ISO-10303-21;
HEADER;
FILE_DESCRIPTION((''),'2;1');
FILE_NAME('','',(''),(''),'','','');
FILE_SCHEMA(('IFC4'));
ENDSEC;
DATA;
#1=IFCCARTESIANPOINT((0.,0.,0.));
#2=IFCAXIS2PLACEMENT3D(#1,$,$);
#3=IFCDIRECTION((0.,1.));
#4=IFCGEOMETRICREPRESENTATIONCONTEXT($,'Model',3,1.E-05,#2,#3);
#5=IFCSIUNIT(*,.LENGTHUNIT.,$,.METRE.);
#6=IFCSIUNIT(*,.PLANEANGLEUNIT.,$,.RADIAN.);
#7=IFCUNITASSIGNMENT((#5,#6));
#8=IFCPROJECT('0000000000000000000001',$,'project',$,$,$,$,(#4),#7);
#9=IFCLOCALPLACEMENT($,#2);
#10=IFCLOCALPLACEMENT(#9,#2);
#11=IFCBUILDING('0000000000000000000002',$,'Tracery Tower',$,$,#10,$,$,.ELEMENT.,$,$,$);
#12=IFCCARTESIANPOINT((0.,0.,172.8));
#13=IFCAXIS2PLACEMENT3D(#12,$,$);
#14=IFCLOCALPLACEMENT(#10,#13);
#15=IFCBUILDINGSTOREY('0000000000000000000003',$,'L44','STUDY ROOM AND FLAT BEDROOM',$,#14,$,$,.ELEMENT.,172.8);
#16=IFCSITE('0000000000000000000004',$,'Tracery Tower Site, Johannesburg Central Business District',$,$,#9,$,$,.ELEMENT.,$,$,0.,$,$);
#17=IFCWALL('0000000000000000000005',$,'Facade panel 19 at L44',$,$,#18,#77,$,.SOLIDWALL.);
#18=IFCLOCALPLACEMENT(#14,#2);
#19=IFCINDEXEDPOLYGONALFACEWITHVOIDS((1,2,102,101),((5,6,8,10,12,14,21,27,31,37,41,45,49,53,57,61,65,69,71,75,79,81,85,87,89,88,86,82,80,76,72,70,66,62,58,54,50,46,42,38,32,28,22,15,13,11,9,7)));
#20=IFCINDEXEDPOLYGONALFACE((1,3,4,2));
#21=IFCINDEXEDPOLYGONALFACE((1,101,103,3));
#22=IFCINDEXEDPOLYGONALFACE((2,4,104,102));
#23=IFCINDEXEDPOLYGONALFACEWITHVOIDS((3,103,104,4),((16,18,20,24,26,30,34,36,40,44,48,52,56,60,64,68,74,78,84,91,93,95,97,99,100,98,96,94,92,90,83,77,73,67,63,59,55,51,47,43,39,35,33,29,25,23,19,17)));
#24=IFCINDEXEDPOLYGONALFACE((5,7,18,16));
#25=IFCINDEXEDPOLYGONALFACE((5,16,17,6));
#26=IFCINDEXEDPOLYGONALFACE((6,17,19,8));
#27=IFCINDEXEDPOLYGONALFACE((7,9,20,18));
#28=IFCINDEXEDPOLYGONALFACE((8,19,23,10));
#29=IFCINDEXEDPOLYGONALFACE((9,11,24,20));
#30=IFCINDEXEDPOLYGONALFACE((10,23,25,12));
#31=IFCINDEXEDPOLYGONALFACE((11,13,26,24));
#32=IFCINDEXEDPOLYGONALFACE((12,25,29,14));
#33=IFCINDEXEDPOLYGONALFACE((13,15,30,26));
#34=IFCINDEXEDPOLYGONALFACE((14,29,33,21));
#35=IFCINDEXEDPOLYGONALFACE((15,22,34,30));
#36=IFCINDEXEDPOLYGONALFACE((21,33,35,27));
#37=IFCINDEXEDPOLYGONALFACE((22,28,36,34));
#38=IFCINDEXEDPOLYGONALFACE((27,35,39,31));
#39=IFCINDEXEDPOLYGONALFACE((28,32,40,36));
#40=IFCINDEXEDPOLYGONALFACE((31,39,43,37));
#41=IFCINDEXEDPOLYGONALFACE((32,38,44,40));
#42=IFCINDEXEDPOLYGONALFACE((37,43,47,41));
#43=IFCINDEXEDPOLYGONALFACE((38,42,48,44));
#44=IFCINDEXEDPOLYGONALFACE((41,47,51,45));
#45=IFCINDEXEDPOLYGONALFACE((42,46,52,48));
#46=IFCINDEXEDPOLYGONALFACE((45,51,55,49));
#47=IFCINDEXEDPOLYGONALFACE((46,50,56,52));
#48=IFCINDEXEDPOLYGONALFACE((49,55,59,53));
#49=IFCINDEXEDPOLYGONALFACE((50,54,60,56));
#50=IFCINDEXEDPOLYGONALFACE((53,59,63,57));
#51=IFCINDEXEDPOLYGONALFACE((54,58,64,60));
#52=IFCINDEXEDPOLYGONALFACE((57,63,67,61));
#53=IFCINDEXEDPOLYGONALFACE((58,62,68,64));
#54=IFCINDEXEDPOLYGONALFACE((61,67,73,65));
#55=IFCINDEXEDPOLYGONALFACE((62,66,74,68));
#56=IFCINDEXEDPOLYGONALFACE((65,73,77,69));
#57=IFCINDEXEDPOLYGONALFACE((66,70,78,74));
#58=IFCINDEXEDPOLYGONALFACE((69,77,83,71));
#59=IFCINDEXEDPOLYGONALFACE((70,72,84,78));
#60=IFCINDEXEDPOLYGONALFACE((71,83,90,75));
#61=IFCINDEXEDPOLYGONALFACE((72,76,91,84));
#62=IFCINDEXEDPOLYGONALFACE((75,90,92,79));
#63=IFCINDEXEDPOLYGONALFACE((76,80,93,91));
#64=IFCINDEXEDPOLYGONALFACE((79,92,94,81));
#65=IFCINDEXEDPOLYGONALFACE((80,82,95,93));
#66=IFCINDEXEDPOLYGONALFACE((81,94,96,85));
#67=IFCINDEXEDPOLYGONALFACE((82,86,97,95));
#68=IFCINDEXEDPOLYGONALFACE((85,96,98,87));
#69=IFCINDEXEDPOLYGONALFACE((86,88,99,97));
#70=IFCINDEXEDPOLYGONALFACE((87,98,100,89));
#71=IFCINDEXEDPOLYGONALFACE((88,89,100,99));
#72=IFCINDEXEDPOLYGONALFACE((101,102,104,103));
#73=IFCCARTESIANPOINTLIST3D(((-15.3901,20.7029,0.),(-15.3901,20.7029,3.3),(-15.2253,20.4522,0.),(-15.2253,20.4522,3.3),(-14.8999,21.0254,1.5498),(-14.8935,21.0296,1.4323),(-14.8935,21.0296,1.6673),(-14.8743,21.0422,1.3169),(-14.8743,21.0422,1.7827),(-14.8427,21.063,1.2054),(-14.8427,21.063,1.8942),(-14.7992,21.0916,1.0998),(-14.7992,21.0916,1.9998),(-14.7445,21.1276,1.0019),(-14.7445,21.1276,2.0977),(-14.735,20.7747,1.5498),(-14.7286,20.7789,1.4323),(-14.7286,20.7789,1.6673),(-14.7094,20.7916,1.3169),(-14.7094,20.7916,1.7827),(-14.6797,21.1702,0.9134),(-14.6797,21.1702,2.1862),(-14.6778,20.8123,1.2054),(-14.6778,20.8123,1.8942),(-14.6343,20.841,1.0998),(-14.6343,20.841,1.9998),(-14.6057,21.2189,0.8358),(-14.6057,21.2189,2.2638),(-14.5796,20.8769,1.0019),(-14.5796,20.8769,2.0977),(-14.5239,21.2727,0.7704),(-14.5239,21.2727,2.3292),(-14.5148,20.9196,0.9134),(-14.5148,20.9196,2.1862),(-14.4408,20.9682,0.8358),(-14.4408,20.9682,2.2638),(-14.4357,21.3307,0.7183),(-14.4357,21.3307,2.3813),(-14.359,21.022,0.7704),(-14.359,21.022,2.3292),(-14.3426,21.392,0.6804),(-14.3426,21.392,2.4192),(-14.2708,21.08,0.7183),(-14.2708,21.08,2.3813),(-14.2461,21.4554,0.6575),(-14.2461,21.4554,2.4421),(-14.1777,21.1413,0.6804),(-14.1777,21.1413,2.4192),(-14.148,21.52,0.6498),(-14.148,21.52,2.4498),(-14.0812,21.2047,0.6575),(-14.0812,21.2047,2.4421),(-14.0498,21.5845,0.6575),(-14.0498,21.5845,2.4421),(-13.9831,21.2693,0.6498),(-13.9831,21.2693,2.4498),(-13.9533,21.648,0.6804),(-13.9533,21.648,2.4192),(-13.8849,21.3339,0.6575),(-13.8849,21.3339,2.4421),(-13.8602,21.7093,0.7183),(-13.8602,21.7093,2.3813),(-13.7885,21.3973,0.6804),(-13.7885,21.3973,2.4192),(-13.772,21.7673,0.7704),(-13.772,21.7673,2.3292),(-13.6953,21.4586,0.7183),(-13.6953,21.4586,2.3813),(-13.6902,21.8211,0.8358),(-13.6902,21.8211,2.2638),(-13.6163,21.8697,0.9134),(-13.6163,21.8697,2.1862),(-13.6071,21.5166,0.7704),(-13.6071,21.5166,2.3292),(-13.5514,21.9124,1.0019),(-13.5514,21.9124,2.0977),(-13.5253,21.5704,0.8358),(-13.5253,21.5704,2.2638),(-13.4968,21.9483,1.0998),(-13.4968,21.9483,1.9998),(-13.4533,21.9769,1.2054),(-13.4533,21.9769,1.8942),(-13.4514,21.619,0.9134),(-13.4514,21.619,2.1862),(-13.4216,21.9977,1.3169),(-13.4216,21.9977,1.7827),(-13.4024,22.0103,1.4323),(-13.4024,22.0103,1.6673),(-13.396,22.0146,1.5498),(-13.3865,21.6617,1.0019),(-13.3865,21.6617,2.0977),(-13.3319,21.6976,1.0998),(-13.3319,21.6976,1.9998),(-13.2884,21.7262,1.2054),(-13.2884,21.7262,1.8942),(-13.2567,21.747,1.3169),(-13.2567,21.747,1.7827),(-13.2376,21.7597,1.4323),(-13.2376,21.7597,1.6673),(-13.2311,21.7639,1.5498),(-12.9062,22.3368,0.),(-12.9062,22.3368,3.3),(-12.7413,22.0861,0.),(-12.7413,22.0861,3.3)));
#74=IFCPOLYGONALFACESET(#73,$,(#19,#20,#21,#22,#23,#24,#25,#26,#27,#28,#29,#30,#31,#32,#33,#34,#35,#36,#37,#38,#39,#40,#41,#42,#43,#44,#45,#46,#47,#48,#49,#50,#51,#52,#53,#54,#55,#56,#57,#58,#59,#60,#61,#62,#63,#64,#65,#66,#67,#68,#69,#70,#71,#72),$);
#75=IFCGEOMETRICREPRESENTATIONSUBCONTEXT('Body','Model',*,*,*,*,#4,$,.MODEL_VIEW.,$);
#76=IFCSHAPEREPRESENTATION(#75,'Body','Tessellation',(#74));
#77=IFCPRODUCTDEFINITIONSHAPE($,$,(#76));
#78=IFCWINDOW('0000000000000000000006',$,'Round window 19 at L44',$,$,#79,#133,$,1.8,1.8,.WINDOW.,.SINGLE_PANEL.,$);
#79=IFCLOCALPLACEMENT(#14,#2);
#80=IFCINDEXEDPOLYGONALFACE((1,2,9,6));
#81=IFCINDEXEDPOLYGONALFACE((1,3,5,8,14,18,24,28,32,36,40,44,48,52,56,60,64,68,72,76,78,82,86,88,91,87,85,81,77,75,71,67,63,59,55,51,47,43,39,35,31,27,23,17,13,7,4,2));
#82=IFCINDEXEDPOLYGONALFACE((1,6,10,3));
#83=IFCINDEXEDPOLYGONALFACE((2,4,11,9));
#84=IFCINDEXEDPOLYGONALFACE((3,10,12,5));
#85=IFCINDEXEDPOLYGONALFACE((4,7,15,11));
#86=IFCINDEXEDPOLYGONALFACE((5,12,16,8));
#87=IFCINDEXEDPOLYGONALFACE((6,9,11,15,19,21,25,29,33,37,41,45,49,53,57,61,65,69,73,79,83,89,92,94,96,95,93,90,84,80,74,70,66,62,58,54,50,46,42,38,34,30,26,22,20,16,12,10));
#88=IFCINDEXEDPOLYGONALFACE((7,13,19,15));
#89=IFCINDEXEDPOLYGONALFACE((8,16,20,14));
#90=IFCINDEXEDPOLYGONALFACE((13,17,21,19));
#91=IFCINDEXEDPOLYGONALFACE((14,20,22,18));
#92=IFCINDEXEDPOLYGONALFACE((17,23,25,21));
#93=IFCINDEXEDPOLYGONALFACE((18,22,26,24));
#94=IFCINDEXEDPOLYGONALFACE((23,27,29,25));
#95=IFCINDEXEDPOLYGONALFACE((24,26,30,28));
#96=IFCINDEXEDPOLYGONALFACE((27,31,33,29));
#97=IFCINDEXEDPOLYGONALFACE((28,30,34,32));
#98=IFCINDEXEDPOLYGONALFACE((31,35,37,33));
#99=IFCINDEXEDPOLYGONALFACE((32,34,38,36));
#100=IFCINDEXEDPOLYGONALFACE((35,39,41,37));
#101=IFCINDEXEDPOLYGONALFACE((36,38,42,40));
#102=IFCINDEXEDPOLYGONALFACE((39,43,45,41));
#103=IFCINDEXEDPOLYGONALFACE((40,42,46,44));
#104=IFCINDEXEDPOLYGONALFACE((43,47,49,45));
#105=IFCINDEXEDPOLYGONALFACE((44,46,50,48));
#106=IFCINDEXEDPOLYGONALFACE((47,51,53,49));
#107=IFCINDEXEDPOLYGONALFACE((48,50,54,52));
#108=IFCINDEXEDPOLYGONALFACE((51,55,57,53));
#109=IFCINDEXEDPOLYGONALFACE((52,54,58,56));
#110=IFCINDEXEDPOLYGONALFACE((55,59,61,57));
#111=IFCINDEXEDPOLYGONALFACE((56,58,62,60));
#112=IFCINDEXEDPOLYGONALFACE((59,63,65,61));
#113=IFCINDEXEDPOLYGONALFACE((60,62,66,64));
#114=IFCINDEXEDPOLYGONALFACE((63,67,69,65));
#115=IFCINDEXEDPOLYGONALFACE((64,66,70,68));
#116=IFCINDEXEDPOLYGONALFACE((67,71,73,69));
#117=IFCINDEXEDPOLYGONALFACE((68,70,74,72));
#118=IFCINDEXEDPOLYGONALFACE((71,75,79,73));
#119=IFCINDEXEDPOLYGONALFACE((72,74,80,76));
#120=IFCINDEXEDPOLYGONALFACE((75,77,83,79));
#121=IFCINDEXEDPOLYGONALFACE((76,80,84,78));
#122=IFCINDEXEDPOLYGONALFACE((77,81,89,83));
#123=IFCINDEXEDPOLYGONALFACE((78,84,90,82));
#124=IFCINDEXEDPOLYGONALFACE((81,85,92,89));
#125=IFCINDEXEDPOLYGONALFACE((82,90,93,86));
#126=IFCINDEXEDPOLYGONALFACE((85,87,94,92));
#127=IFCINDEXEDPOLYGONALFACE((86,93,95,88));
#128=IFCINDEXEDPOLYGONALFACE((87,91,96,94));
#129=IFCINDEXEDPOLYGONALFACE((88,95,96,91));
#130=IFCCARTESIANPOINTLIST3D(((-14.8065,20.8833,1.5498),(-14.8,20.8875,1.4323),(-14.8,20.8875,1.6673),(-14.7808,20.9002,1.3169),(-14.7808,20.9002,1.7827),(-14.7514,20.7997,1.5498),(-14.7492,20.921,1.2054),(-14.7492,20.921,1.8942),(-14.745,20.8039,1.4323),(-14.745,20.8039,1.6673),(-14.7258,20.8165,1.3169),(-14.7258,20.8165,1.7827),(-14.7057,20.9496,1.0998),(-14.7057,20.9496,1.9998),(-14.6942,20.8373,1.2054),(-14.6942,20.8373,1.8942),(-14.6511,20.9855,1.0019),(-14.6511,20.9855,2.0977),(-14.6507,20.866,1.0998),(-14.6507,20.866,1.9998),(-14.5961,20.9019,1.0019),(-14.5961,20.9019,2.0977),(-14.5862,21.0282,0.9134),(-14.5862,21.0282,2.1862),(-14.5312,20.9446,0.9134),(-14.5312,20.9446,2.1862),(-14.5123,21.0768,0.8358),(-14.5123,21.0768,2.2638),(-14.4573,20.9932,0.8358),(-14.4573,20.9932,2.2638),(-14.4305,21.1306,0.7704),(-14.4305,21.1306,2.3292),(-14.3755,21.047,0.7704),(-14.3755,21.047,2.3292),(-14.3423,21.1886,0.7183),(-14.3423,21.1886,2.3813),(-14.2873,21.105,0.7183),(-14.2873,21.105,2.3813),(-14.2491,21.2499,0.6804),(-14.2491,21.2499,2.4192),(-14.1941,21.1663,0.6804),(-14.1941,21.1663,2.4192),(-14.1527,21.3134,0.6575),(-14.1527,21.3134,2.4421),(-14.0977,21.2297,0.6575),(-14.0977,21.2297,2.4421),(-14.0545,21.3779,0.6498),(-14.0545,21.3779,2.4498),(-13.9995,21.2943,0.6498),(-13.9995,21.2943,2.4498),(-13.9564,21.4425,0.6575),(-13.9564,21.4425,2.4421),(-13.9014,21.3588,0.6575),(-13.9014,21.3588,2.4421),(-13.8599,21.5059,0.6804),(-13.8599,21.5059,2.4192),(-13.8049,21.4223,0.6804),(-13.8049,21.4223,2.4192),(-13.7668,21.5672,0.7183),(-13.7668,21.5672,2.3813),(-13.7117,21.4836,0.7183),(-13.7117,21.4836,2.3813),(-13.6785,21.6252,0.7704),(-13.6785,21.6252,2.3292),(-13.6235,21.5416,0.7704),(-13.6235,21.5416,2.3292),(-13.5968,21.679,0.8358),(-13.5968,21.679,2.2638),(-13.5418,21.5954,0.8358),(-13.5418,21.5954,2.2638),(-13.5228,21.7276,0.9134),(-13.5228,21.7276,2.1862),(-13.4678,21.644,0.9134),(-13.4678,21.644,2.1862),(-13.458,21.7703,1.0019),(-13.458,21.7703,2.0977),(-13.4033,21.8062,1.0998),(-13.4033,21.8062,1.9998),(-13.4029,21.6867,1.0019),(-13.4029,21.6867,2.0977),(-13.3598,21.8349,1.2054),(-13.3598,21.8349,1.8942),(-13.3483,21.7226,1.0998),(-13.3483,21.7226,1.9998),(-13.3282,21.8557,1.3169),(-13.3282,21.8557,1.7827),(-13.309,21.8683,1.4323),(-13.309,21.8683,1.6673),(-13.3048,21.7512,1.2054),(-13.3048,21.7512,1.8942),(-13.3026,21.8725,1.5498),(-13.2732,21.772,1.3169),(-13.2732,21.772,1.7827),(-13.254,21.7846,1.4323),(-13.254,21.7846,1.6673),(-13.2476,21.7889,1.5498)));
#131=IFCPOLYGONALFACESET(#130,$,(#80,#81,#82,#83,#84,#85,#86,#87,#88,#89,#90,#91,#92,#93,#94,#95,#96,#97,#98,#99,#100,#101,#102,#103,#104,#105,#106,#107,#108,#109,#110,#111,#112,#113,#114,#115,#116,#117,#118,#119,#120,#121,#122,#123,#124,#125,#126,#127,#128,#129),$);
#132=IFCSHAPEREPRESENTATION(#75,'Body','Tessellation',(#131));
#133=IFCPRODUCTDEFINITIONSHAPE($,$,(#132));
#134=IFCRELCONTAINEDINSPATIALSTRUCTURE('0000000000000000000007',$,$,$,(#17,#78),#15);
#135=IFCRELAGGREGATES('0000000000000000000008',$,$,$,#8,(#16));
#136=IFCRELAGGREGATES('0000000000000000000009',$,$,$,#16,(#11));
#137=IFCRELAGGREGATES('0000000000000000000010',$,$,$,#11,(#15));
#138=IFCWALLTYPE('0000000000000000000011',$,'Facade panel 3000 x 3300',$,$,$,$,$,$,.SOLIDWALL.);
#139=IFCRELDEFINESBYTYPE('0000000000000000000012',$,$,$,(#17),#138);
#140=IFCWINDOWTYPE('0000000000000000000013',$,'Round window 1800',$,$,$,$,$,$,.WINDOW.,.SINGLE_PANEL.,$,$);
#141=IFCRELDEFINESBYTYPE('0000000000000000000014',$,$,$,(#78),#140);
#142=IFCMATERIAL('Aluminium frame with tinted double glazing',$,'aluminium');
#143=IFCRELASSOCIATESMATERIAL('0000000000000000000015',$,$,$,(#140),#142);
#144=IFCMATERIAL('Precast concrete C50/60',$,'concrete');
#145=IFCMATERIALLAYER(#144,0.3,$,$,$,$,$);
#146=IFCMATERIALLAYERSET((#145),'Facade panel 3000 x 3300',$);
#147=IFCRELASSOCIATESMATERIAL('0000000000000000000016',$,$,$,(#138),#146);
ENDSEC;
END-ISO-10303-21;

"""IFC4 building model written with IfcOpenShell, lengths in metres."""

from ifc_helpers import new_model, si_unit, direction, frame, frame_2d, origin, origin_2d, place, context, subcontext, project, spatial, rectangle, circle, extrude, material, layer, layer_set, type_object, element, fill, save


model = new_model("IFC4")

# Units and contexts
model_context = context("Model", 3, precision=1e-05, world=origin(), true_north=direction((0.0, 1.0)))
body_context = subcontext(model_context, "Body", "Model", "MODEL_VIEW")
ifc_project = project(units=[si_unit("LENGTHUNIT", "METRE"), si_unit("PLANEANGLEUNIT", "RADIAN")], contexts=[model_context])

# Site, building, storey
site_placement = place(None, origin())
site = spatial("IfcSite", under=ifc_project, at=site_placement, Name="Tracery Tower Site, Johannesburg Central Business District", CompositionType="ELEMENT", RefElevation=0.0)
building_placement = place(site_placement, origin())
building = spatial("IfcBuilding", under=site, at=building_placement, Name="Tracery Tower", CompositionType="ELEMENT")
storey_placement = place(building_placement, frame((0.0, 0.0, 172.8)))
storey = spatial("IfcBuildingStorey", under=building, at=storey_placement, Name="L44", Description="STUDY ROOM AND FLAT BEDROOM", CompositionType="ELEMENT", Elevation=172.8)

# Wall, opening, window
ifc_material_1 = material(Name="Aluminium frame with tinted double glazing", Category="aluminium")
window_type = type_object("IfcWindowType", Name="Round window 1800", PartitioningType="SINGLE_PANEL", PredefinedType="WINDOW", material=ifc_material_1)
ifc_material_2 = material(Name="Precast concrete C50/60", Category="concrete")
ifc_layer_1 = layer(ifc_material_2, 0.3)
ifc_layer_set_1 = layer_set([ifc_layer_1], Name="Facade panel 3000 x 3300")
wall_type_1 = type_object("IfcWallType", Name="Facade panel 3000 x 3300", PredefinedType="SOLIDWALL", material=ifc_layer_set_1)
wall_1_placement = place(storey_placement, frame((-12.8237, 22.2114, 0.0), z_axis=(0.0, 0.0, 1.0), x_axis=(-0.835471, -0.549535, 0.0)))
wall_1 = element("IfcWall", 1, at=wall_1_placement, inside=storey, type_object=wall_type_1, Name="Facade panel 19 at L44", PredefinedType="SOLIDWALL", context=body_context, shape_type="SweptSolid", body=[
    extrude(rectangle(XDim=2.9731, YDim=0.3, at=frame_2d((1.4866, 0.0))), origin(), (0.0, 0.0, 1.0), 3.3),
])
opening_1_placement = place(wall_1_placement, frame((1.4863, 0.0, 1.5498)))
opening_1 = element("IfcOpeningElement", 2, at=opening_1_placement, cuts=wall_1, PredefinedType="OPENING", context=body_context, shape_type="SweptSolid", body=[
    extrude(circle(Radius=0.9, at=origin_2d()), frame((0.0, 0.1599, 0.0), z_axis=(0.0, -1.0, 0.0), x_axis=(1.0, 0.0, 0.0)), (0.0, 0.0, 1.0), 0.3201),
])
window_1_placement = place(opening_1_placement, origin())
window_1 = element("IfcWindow", 3, at=window_1_placement, inside=storey, type_object=window_type, Name="Round window 19 at L44", OverallHeight=1.8, OverallWidth=1.8, PartitioningType="SINGLE_PANEL", PredefinedType="WINDOW", context=body_context, shape_type="SweptSolid", body=[
    extrude(circle(Radius=0.9, at=origin_2d()), frame((0.0, 0.1201, 0.0), z_axis=(0.0, -1.0, 0.0), x_axis=(1.0, 0.0, 0.0)), (0.0, 0.0, 1.0), 0.1001),
])
fill(opening_1, window_1)

save(model, "model.ifc")
